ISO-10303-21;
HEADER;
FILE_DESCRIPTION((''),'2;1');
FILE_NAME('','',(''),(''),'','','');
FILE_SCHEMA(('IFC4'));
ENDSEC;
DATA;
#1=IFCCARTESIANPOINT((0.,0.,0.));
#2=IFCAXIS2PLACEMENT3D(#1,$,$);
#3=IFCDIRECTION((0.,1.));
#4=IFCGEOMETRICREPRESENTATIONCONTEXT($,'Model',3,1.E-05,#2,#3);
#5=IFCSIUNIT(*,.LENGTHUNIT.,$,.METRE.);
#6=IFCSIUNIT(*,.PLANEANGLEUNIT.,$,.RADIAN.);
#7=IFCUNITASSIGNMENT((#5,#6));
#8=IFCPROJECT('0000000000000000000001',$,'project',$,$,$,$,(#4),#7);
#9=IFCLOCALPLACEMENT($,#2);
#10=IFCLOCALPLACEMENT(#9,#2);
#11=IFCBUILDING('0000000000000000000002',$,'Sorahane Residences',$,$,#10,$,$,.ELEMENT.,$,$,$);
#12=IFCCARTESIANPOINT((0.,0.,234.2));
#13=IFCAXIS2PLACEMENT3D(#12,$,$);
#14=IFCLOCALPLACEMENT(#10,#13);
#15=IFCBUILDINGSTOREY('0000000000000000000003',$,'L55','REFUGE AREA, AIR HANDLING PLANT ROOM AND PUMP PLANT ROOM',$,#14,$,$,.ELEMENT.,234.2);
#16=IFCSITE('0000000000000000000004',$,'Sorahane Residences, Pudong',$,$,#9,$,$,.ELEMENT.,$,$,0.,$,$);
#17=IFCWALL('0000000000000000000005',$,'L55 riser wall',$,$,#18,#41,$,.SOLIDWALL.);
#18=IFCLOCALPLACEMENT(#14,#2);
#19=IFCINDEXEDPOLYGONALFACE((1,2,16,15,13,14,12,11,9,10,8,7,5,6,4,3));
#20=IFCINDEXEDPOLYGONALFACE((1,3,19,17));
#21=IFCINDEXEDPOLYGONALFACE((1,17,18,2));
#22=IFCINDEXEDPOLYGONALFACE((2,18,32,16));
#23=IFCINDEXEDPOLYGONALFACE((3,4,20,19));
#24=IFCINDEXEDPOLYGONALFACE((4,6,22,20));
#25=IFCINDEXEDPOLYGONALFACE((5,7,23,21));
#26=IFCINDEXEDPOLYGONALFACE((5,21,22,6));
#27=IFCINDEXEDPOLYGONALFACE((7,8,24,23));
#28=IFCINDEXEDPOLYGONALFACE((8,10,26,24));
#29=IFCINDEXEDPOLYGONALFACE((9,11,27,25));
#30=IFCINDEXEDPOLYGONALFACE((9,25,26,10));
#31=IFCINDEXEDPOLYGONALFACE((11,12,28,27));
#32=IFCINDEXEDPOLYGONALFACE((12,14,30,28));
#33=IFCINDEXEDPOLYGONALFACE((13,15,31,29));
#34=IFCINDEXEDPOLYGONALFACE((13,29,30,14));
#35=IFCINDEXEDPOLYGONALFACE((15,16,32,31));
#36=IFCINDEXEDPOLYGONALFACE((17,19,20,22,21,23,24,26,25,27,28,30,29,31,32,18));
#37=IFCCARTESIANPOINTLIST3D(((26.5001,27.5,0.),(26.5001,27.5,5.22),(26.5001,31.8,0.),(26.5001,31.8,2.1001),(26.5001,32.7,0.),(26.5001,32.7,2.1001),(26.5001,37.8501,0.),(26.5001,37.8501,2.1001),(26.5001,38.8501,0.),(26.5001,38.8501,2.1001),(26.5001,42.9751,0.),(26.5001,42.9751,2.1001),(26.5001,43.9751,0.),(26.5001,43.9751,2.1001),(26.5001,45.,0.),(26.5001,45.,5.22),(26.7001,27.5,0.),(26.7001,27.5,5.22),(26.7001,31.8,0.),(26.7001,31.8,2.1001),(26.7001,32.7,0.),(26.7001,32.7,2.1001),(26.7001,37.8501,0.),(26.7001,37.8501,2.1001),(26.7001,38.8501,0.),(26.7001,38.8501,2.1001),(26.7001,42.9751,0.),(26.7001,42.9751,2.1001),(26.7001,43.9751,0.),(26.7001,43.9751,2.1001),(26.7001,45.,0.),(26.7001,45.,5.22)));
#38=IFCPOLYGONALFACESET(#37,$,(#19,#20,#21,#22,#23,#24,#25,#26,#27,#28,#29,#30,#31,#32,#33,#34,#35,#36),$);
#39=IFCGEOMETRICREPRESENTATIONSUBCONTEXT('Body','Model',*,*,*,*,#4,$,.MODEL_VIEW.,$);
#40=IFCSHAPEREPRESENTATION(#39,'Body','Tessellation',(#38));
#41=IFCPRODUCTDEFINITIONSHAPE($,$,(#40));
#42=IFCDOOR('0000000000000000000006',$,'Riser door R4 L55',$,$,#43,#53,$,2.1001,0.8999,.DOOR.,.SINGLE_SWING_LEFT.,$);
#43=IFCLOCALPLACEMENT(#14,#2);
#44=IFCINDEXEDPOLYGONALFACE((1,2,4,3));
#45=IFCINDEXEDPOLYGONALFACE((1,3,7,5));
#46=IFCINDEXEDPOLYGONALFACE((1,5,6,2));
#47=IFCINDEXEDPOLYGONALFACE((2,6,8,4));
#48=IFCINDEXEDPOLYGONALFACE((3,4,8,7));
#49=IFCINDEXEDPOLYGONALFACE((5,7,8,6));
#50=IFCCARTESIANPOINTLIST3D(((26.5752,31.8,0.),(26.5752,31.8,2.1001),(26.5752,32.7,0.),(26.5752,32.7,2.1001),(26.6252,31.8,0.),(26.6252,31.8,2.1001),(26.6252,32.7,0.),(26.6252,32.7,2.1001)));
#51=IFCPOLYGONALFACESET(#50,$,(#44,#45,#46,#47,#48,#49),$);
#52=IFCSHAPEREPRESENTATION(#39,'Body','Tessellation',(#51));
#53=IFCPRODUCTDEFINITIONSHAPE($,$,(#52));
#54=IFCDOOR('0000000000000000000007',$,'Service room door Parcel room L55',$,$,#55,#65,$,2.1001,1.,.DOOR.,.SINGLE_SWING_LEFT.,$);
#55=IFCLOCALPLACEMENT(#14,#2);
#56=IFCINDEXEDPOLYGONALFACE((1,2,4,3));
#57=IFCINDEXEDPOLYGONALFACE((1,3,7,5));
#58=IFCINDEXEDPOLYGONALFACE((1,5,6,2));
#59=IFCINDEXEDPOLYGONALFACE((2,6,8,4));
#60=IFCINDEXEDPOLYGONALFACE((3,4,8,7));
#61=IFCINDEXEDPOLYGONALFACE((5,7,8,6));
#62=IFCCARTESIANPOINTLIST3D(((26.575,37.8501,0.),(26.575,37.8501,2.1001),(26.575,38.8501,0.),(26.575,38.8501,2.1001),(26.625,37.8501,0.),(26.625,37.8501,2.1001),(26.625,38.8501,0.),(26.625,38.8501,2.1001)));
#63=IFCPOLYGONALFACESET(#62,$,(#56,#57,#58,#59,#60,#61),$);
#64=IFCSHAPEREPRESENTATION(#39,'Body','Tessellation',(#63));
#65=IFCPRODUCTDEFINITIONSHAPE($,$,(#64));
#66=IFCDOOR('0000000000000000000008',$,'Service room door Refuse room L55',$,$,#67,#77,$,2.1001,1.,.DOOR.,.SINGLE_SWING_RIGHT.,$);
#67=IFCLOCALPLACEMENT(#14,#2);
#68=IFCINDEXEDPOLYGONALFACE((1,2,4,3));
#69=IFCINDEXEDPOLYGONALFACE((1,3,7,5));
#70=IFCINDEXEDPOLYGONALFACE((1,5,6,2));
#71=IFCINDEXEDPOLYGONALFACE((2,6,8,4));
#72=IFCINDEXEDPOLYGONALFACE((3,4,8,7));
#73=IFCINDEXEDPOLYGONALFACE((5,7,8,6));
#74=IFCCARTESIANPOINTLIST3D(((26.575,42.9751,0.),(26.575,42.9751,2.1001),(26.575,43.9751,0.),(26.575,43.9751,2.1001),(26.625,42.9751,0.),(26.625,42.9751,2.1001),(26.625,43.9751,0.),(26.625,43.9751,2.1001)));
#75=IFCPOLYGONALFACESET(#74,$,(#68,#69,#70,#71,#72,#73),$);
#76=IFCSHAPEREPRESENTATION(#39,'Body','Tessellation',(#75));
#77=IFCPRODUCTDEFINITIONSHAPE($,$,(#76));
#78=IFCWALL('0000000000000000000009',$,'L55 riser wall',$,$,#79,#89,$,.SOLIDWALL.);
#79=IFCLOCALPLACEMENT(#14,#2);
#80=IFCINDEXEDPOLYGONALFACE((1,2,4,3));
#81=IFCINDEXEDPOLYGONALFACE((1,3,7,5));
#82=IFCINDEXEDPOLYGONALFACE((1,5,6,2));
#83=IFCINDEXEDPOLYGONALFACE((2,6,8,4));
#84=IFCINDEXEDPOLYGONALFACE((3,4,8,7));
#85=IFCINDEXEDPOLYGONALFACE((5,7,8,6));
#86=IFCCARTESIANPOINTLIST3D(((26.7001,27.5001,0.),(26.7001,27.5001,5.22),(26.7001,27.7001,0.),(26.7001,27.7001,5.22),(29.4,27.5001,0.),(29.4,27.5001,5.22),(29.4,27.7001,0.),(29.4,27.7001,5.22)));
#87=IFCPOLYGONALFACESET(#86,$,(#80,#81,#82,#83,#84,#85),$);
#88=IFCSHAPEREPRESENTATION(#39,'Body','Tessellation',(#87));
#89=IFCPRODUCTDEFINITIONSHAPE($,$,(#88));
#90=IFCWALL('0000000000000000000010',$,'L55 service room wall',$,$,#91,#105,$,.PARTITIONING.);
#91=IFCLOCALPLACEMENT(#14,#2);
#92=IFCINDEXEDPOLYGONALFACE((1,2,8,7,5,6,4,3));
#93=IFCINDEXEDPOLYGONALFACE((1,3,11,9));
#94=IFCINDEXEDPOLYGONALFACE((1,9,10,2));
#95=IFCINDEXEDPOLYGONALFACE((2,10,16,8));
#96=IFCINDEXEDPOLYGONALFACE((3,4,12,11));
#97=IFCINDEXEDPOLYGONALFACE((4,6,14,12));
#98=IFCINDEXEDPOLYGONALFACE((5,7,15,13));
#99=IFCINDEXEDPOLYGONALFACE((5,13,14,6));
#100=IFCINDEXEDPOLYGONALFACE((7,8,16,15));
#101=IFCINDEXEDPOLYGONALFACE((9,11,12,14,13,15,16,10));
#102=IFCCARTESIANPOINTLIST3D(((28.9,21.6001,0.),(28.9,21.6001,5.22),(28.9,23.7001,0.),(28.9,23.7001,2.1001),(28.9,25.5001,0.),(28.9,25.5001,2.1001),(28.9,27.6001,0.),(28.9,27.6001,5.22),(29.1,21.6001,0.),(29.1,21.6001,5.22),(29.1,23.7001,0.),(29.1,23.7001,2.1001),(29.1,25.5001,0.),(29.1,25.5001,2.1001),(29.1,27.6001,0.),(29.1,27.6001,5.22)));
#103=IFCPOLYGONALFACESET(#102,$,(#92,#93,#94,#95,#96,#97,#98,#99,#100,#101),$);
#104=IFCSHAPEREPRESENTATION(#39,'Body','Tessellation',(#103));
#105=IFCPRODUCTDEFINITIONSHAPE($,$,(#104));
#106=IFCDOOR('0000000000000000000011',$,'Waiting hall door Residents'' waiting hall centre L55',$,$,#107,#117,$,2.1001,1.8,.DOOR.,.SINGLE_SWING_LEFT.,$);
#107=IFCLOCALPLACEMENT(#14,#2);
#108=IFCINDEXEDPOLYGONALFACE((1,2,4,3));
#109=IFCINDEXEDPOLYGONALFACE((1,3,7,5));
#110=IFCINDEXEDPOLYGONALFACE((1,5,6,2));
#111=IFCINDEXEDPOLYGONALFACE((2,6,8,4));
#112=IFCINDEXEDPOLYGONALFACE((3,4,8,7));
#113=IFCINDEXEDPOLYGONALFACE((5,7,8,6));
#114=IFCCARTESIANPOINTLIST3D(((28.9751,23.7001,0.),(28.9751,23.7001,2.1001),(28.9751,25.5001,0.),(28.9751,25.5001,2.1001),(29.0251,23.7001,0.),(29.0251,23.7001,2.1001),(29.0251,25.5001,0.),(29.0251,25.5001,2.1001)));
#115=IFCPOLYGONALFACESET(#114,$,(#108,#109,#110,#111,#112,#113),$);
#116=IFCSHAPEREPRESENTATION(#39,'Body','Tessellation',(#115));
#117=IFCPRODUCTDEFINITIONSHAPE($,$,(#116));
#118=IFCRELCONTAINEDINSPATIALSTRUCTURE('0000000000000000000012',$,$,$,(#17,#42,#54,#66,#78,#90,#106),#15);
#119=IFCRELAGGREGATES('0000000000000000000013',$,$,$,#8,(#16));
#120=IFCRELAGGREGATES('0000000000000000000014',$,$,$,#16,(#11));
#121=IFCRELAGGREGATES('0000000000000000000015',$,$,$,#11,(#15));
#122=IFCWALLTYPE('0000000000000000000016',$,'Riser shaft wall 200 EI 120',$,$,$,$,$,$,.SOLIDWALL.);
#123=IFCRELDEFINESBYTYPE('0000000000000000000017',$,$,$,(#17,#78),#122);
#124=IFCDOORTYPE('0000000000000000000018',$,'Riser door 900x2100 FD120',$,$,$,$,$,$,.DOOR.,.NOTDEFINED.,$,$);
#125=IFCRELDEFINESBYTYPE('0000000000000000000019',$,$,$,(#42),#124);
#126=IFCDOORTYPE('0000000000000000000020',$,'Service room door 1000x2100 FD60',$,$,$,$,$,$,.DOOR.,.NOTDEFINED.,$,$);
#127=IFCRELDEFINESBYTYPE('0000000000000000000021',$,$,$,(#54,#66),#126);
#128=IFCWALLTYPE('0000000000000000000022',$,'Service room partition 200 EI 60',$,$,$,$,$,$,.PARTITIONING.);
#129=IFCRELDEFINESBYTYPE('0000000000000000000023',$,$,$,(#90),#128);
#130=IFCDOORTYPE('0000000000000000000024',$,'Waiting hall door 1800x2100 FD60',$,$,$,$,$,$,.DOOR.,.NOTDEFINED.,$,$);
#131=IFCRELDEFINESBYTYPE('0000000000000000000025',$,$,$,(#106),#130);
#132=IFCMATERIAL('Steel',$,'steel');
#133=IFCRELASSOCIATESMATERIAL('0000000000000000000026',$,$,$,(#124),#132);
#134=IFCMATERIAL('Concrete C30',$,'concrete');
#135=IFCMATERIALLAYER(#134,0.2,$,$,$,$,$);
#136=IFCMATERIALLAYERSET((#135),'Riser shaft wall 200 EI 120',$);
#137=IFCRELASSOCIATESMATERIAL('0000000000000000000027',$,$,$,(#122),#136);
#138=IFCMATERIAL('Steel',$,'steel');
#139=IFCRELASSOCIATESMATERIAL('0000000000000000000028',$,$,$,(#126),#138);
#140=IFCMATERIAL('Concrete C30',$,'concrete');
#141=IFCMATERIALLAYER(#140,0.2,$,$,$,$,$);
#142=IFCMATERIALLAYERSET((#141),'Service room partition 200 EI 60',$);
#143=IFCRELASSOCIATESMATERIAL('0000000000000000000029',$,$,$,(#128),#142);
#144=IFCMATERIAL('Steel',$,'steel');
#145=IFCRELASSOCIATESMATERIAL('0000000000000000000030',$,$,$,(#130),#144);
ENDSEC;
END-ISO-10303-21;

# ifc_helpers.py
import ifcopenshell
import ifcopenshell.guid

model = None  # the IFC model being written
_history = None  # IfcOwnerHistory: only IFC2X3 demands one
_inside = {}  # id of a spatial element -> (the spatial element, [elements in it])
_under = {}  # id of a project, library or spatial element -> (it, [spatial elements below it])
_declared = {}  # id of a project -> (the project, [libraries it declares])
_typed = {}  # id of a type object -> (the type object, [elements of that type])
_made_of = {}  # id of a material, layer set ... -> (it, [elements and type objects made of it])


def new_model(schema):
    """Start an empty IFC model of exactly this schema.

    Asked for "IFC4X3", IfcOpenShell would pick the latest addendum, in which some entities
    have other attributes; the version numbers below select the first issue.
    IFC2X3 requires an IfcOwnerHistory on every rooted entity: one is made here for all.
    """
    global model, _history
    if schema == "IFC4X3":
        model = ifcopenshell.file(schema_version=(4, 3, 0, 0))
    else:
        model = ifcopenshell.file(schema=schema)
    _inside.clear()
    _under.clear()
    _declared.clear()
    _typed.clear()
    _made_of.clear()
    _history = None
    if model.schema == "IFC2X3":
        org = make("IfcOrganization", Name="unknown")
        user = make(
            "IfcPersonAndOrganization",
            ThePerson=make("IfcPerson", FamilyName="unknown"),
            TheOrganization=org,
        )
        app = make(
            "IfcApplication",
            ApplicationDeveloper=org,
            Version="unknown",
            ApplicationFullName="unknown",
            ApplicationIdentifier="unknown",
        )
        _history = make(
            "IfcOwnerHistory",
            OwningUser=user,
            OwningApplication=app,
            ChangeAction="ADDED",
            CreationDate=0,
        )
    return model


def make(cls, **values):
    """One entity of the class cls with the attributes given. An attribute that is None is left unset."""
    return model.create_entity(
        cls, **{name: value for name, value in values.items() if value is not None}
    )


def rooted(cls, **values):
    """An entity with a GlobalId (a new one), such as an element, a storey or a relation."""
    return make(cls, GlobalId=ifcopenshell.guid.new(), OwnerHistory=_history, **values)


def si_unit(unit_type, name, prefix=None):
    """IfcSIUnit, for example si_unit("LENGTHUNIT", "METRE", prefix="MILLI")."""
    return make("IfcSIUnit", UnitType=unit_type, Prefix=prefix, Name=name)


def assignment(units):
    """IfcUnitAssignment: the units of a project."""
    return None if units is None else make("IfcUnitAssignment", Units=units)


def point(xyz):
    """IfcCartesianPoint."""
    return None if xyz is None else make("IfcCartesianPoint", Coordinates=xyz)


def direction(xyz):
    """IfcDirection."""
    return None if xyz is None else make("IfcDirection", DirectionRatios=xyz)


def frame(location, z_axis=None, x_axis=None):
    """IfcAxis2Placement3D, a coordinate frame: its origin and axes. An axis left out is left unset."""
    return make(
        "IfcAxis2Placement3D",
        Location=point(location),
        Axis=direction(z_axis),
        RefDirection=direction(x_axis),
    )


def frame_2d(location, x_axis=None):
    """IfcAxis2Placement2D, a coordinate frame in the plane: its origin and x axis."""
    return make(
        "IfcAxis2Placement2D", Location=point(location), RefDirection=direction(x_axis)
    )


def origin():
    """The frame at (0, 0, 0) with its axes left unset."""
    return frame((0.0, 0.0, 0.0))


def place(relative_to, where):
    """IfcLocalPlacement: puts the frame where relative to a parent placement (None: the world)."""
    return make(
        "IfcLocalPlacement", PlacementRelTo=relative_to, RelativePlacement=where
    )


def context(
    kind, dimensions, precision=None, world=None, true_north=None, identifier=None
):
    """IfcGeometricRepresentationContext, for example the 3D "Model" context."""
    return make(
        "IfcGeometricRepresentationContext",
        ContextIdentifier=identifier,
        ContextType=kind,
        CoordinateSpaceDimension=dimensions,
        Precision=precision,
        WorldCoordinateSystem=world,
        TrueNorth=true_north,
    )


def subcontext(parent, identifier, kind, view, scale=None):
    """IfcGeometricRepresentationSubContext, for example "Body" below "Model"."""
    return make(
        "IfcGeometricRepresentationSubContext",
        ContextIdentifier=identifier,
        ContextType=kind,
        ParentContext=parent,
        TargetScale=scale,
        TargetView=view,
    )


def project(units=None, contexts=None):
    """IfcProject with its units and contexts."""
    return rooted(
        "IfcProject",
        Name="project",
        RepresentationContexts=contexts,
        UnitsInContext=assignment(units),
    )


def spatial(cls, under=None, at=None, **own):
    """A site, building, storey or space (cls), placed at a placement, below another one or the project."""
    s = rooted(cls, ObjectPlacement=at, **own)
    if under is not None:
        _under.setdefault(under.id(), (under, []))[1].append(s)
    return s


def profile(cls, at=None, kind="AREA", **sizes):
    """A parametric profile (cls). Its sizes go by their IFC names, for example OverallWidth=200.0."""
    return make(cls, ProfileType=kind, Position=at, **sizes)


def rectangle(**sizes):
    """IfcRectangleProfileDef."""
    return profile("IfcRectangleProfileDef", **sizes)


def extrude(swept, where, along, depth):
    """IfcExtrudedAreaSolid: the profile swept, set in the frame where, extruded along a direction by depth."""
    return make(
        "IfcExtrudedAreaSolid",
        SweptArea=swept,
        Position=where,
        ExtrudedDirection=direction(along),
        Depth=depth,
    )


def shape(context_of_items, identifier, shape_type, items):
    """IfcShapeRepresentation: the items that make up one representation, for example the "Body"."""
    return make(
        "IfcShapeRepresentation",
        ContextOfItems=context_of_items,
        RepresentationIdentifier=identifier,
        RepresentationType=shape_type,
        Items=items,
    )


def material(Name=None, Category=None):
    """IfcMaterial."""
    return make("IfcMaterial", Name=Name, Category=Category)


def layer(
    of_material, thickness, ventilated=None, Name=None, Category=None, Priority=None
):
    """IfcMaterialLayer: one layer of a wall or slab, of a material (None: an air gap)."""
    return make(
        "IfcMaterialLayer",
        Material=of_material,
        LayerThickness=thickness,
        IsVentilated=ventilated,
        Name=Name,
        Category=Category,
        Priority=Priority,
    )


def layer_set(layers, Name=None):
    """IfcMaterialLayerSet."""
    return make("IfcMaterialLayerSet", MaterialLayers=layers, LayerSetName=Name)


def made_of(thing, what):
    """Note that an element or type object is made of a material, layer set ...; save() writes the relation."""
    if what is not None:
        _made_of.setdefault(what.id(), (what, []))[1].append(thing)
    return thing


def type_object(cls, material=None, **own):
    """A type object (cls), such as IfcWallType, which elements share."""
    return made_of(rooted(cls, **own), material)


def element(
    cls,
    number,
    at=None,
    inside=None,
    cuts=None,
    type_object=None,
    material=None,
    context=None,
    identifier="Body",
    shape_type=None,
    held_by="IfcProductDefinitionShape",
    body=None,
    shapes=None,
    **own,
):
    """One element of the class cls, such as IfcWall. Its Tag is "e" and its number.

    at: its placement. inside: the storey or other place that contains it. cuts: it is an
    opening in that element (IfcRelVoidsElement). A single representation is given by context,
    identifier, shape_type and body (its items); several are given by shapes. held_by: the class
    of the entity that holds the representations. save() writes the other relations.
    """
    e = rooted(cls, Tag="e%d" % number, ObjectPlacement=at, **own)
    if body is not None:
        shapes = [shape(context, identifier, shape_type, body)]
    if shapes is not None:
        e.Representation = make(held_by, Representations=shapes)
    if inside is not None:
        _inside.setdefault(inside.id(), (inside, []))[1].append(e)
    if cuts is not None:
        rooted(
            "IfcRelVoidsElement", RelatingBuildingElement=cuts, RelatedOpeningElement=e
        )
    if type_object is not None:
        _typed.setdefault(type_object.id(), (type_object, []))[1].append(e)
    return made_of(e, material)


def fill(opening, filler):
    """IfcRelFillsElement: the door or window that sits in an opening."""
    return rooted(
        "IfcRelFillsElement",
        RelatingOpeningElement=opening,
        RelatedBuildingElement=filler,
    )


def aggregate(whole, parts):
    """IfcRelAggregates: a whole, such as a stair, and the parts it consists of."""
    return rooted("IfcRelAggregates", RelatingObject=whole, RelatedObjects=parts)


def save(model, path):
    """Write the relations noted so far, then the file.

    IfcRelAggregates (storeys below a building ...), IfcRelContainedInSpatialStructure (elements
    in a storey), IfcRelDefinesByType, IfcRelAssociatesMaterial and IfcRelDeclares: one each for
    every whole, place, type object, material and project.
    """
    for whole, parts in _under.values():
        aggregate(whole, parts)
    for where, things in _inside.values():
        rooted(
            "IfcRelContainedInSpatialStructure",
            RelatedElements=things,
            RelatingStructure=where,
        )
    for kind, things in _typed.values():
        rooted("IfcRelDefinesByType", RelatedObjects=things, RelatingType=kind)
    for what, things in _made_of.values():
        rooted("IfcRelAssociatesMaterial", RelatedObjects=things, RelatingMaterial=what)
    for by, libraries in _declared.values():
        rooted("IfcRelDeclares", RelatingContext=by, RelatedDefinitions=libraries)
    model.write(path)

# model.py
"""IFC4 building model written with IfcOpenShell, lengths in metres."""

from ifc_helpers import new_model, si_unit, direction, frame, frame_2d, origin, place, context, subcontext, project, spatial, rectangle, extrude, material, layer, layer_set, type_object, element, fill, save


model = new_model("IFC4")

# Units and contexts
model_context = context("Model", 3, precision=1e-05, world=origin(), true_north=direction((0.0, 1.0)))
body_context = subcontext(model_context, "Body", "Model", "MODEL_VIEW")
ifc_project = project(units=[si_unit("LENGTHUNIT", "METRE"), si_unit("PLANEANGLEUNIT", "RADIAN")], contexts=[model_context])

# Site, building, storey
site_placement = place(None, origin())
site = spatial("IfcSite", under=ifc_project, at=site_placement, Name="Sorahane Residences, Pudong", CompositionType="ELEMENT", RefElevation=0.0)
building_placement = place(site_placement, origin())
building = spatial("IfcBuilding", under=site, at=building_placement, Name="Sorahane Residences", CompositionType="ELEMENT")
storey_placement = place(building_placement, frame((0.0, 0.0, 234.2)))
storey = spatial("IfcBuildingStorey", under=building, at=storey_placement, Name="L55", Description="REFUGE AREA, AIR HANDLING PLANT ROOM AND PUMP PLANT ROOM", CompositionType="ELEMENT", Elevation=234.2)

# Shared definitions
ifc_material_1 = material(Name="Steel", Category="steel")
door_type_1 = type_object("IfcDoorType", Name="Riser door 900x2100 FD120", OperationType="NOTDEFINED", PredefinedType="DOOR", material=ifc_material_1)

# Wall, openings, doors
ifc_material_2 = material(Name="Concrete C30", Category="concrete")
ifc_layer_1 = layer(ifc_material_2, 0.2)
ifc_layer_set_1 = layer_set([ifc_layer_1], Name="Riser shaft wall 200 EI 120")
wall_type_1 = type_object("IfcWallType", Name="Riser shaft wall 200 EI 120", PredefinedType="SOLIDWALL", material=ifc_layer_set_1)
wall_1_placement = place(storey_placement, frame((26.6001, 27.5, 0.0), z_axis=(0.0, 0.0, 1.0), x_axis=(0.0, 1.0, 0.0)))
wall_1 = element("IfcWall", 1, at=wall_1_placement, inside=storey, type_object=wall_type_1, Name="L55 riser wall", PredefinedType="SOLIDWALL", context=body_context, shape_type="SweptSolid", body=[
    extrude(rectangle(XDim=17.5, YDim=0.2, at=frame_2d((8.75, 0.0))), origin(), (0.0, 0.0, 1.0), 5.22),
])
opening_1_placement = place(wall_1_placement, frame((4.3, 0.0, 0.0)))
opening_1 = element("IfcOpeningElement", 2, at=opening_1_placement, cuts=wall_1, PredefinedType="OPENING", context=body_context, shape_type="SweptSolid", body=[
    extrude(rectangle(XDim=0.8999, YDim=2.1001, at=frame_2d((0.45, 1.05))), frame((0.0, 0.1099, 0.0), z_axis=(0.0, -1.0, 0.0), x_axis=(1.0, 0.0, 0.0)), (0.0, 0.0, 1.0), 0.22),
])
opening_2_placement = place(wall_1_placement, frame((10.3501, 0.0, 0.0)))
opening_2 = element("IfcOpeningElement", 3, at=opening_2_placement, cuts=wall_1, PredefinedType="OPENING", context=body_context, shape_type="SweptSolid", body=[
    extrude(rectangle(XDim=1.0, YDim=2.1001, at=frame_2d((0.5, 1.05))), frame((0.0, 0.1099, 0.0), z_axis=(0.0, -1.0, 0.0), x_axis=(1.0, 0.0, 0.0)), (0.0, 0.0, 1.0), 0.22),
])
opening_3_placement = place(wall_1_placement, frame((15.4751, 0.0, 0.0)))
opening_3 = element("IfcOpeningElement", 4, at=opening_3_placement, cuts=wall_1, PredefinedType="OPENING", context=body_context, shape_type="SweptSolid", body=[
    extrude(rectangle(XDim=1.0, YDim=2.1001, at=frame_2d((0.5, 1.05))), frame((0.0, 0.1099, 0.0), z_axis=(0.0, -1.0, 0.0), x_axis=(1.0, 0.0, 0.0)), (0.0, 0.0, 1.0), 0.22),
])
door_1_placement = place(opening_1_placement, origin())
door_1 = element("IfcDoor", 5, at=door_1_placement, inside=storey, type_object=door_type_1, Name="Riser door R4 L55", OperationType="SINGLE_SWING_LEFT", OverallHeight=2.1001, OverallWidth=0.8999, PredefinedType="DOOR", context=body_context, shape_type="SweptSolid", body=[
    extrude(rectangle(XDim=0.8999, YDim=2.1001, at=frame_2d((0.45, 1.05))), frame((0.0, 0.0249, 0.0), z_axis=(0.0, -1.0, 0.0), x_axis=(1.0, 0.0, 0.0)), (0.0, 0.0, 1.0), 0.05),
])
fill(opening_1, door_1)
ifc_material_3 = material(Name="Steel", Category="steel")
door_type_2 = type_object("IfcDoorType", Name="Service room door 1000x2100 FD60", OperationType="NOTDEFINED", PredefinedType="DOOR", material=ifc_material_3)
door_2_placement = place(opening_2_placement, frame((1.0, 0.0, 0.0), z_axis=(0.0, 0.0, 1.0), x_axis=(-1.0, 0.0, 0.0)))
door_2 = element("IfcDoor", 6, at=door_2_placement, inside=storey, type_object=door_type_2, Name="Service room door Parcel room L55", OperationType="SINGLE_SWING_LEFT", OverallHeight=2.1001, OverallWidth=1.0, PredefinedType="DOOR", context=body_context, shape_type="SweptSolid", body=[
    extrude(rectangle(XDim=1.0, YDim=2.1001, at=frame_2d((0.5, 1.05))), frame((0.0, 0.0249, 0.0), z_axis=(0.0, -1.0, 0.0), x_axis=(1.0, 0.0, 0.0)), (0.0, 0.0, 1.0), 0.05),
])
fill(opening_2, door_2)
door_3_placement = place(opening_3_placement, frame((1.0, 0.0, 0.0), z_axis=(0.0, 0.0, 1.0), x_axis=(-1.0, 0.0, 0.0)))
door_3 = element("IfcDoor", 7, at=door_3_placement, inside=storey, type_object=door_type_2, Name="Service room door Refuse room L55", OperationType="SINGLE_SWING_RIGHT", OverallHeight=2.1001, OverallWidth=1.0, PredefinedType="DOOR", context=body_context, shape_type="SweptSolid", body=[
    extrude(rectangle(XDim=1.0, YDim=2.1001, at=frame_2d((0.5, 1.05))), frame((0.0, 0.0249, 0.0), z_axis=(0.0, -1.0, 0.0), x_axis=(1.0, 0.0, 0.0)), (0.0, 0.0, 1.0), 0.05),
])
fill(opening_3, door_3)

# Wall
wall_2_placement = place(storey_placement, frame((26.7, 27.6001, 0.0), z_axis=(0.0, 0.0, 1.0), x_axis=(1.0, 0.0, 0.0)))
element("IfcWall", 8, at=wall_2_placement, inside=storey, type_object=wall_type_1, Name="L55 riser wall", PredefinedType="SOLIDWALL", context=body_context, shape_type="SweptSolid", body=[
    extrude(rectangle(XDim=2.7, YDim=0.2, at=frame_2d((1.3501, 0.0))), origin(), (0.0, 0.0, 1.0), 5.22),
])

# Wall, opening, door
ifc_material_4 = material(Name="Concrete C30", Category="concrete")
ifc_layer_2 = layer(ifc_material_4, 0.2)
ifc_layer_set_2 = layer_set([ifc_layer_2], Name="Service room partition 200 EI 60")
wall_type_2 = type_object("IfcWallType", Name="Service room partition 200 EI 60", PredefinedType="PARTITIONING", material=ifc_layer_set_2)
wall_3_placement = place(storey_placement, frame((29.0, 21.6001, 0.0), z_axis=(0.0, 0.0, 1.0), x_axis=(0.0, 1.0, 0.0)))
wall_3 = element("IfcWall", 9, at=wall_3_placement, inside=storey, type_object=wall_type_2, Name="L55 service room wall", PredefinedType="PARTITIONING", context=body_context, shape_type="SweptSolid", body=[
    extrude(rectangle(XDim=6.0, YDim=0.2, at=frame_2d((3.0, 0.0))), origin(), (0.0, 0.0, 1.0), 5.22),
])
opening_4_placement = place(wall_3_placement, frame((2.1001, 0.0, 0.0)))
opening_4 = element("IfcOpeningElement", 10, at=opening_4_placement, cuts=wall_3, PredefinedType="OPENING", context=body_context, shape_type="SweptSolid", body=[
    extrude(rectangle(XDim=1.8, YDim=2.1001, at=frame_2d((0.8999, 1.05))), frame((0.0, 0.1099, 0.0), z_axis=(0.0, -1.0, 0.0), x_axis=(1.0, 0.0, 0.0)), (0.0, 0.0, 1.0), 0.22),
])
ifc_material_5 = material(Name="Steel", Category="steel")
door_type_3 = type_object("IfcDoorType", Name="Waiting hall door 1800x2100 FD60", OperationType="NOTDEFINED", PredefinedType="DOOR", material=ifc_material_5)
door_4_placement = place(opening_4_placement, origin())
door_4 = element("IfcDoor", 11, at=door_4_placement, inside=storey, type_object=door_type_3, Name="Waiting hall door Residents' waiting hall centre L55", OperationType="SINGLE_SWING_LEFT", OverallHeight=2.1001, OverallWidth=1.8, PredefinedType="DOOR", context=body_context, shape_type="SweptSolid", body=[
    extrude(rectangle(XDim=1.8, YDim=2.1001, at=frame_2d((0.8999, 1.05))), frame((0.0, 0.0249, 0.0), z_axis=(0.0, -1.0, 0.0), x_axis=(1.0, 0.0, 0.0)), (0.0, 0.0, 1.0), 0.05),
])
fill(opening_4, door_4)

save(model, "model.ifc")
